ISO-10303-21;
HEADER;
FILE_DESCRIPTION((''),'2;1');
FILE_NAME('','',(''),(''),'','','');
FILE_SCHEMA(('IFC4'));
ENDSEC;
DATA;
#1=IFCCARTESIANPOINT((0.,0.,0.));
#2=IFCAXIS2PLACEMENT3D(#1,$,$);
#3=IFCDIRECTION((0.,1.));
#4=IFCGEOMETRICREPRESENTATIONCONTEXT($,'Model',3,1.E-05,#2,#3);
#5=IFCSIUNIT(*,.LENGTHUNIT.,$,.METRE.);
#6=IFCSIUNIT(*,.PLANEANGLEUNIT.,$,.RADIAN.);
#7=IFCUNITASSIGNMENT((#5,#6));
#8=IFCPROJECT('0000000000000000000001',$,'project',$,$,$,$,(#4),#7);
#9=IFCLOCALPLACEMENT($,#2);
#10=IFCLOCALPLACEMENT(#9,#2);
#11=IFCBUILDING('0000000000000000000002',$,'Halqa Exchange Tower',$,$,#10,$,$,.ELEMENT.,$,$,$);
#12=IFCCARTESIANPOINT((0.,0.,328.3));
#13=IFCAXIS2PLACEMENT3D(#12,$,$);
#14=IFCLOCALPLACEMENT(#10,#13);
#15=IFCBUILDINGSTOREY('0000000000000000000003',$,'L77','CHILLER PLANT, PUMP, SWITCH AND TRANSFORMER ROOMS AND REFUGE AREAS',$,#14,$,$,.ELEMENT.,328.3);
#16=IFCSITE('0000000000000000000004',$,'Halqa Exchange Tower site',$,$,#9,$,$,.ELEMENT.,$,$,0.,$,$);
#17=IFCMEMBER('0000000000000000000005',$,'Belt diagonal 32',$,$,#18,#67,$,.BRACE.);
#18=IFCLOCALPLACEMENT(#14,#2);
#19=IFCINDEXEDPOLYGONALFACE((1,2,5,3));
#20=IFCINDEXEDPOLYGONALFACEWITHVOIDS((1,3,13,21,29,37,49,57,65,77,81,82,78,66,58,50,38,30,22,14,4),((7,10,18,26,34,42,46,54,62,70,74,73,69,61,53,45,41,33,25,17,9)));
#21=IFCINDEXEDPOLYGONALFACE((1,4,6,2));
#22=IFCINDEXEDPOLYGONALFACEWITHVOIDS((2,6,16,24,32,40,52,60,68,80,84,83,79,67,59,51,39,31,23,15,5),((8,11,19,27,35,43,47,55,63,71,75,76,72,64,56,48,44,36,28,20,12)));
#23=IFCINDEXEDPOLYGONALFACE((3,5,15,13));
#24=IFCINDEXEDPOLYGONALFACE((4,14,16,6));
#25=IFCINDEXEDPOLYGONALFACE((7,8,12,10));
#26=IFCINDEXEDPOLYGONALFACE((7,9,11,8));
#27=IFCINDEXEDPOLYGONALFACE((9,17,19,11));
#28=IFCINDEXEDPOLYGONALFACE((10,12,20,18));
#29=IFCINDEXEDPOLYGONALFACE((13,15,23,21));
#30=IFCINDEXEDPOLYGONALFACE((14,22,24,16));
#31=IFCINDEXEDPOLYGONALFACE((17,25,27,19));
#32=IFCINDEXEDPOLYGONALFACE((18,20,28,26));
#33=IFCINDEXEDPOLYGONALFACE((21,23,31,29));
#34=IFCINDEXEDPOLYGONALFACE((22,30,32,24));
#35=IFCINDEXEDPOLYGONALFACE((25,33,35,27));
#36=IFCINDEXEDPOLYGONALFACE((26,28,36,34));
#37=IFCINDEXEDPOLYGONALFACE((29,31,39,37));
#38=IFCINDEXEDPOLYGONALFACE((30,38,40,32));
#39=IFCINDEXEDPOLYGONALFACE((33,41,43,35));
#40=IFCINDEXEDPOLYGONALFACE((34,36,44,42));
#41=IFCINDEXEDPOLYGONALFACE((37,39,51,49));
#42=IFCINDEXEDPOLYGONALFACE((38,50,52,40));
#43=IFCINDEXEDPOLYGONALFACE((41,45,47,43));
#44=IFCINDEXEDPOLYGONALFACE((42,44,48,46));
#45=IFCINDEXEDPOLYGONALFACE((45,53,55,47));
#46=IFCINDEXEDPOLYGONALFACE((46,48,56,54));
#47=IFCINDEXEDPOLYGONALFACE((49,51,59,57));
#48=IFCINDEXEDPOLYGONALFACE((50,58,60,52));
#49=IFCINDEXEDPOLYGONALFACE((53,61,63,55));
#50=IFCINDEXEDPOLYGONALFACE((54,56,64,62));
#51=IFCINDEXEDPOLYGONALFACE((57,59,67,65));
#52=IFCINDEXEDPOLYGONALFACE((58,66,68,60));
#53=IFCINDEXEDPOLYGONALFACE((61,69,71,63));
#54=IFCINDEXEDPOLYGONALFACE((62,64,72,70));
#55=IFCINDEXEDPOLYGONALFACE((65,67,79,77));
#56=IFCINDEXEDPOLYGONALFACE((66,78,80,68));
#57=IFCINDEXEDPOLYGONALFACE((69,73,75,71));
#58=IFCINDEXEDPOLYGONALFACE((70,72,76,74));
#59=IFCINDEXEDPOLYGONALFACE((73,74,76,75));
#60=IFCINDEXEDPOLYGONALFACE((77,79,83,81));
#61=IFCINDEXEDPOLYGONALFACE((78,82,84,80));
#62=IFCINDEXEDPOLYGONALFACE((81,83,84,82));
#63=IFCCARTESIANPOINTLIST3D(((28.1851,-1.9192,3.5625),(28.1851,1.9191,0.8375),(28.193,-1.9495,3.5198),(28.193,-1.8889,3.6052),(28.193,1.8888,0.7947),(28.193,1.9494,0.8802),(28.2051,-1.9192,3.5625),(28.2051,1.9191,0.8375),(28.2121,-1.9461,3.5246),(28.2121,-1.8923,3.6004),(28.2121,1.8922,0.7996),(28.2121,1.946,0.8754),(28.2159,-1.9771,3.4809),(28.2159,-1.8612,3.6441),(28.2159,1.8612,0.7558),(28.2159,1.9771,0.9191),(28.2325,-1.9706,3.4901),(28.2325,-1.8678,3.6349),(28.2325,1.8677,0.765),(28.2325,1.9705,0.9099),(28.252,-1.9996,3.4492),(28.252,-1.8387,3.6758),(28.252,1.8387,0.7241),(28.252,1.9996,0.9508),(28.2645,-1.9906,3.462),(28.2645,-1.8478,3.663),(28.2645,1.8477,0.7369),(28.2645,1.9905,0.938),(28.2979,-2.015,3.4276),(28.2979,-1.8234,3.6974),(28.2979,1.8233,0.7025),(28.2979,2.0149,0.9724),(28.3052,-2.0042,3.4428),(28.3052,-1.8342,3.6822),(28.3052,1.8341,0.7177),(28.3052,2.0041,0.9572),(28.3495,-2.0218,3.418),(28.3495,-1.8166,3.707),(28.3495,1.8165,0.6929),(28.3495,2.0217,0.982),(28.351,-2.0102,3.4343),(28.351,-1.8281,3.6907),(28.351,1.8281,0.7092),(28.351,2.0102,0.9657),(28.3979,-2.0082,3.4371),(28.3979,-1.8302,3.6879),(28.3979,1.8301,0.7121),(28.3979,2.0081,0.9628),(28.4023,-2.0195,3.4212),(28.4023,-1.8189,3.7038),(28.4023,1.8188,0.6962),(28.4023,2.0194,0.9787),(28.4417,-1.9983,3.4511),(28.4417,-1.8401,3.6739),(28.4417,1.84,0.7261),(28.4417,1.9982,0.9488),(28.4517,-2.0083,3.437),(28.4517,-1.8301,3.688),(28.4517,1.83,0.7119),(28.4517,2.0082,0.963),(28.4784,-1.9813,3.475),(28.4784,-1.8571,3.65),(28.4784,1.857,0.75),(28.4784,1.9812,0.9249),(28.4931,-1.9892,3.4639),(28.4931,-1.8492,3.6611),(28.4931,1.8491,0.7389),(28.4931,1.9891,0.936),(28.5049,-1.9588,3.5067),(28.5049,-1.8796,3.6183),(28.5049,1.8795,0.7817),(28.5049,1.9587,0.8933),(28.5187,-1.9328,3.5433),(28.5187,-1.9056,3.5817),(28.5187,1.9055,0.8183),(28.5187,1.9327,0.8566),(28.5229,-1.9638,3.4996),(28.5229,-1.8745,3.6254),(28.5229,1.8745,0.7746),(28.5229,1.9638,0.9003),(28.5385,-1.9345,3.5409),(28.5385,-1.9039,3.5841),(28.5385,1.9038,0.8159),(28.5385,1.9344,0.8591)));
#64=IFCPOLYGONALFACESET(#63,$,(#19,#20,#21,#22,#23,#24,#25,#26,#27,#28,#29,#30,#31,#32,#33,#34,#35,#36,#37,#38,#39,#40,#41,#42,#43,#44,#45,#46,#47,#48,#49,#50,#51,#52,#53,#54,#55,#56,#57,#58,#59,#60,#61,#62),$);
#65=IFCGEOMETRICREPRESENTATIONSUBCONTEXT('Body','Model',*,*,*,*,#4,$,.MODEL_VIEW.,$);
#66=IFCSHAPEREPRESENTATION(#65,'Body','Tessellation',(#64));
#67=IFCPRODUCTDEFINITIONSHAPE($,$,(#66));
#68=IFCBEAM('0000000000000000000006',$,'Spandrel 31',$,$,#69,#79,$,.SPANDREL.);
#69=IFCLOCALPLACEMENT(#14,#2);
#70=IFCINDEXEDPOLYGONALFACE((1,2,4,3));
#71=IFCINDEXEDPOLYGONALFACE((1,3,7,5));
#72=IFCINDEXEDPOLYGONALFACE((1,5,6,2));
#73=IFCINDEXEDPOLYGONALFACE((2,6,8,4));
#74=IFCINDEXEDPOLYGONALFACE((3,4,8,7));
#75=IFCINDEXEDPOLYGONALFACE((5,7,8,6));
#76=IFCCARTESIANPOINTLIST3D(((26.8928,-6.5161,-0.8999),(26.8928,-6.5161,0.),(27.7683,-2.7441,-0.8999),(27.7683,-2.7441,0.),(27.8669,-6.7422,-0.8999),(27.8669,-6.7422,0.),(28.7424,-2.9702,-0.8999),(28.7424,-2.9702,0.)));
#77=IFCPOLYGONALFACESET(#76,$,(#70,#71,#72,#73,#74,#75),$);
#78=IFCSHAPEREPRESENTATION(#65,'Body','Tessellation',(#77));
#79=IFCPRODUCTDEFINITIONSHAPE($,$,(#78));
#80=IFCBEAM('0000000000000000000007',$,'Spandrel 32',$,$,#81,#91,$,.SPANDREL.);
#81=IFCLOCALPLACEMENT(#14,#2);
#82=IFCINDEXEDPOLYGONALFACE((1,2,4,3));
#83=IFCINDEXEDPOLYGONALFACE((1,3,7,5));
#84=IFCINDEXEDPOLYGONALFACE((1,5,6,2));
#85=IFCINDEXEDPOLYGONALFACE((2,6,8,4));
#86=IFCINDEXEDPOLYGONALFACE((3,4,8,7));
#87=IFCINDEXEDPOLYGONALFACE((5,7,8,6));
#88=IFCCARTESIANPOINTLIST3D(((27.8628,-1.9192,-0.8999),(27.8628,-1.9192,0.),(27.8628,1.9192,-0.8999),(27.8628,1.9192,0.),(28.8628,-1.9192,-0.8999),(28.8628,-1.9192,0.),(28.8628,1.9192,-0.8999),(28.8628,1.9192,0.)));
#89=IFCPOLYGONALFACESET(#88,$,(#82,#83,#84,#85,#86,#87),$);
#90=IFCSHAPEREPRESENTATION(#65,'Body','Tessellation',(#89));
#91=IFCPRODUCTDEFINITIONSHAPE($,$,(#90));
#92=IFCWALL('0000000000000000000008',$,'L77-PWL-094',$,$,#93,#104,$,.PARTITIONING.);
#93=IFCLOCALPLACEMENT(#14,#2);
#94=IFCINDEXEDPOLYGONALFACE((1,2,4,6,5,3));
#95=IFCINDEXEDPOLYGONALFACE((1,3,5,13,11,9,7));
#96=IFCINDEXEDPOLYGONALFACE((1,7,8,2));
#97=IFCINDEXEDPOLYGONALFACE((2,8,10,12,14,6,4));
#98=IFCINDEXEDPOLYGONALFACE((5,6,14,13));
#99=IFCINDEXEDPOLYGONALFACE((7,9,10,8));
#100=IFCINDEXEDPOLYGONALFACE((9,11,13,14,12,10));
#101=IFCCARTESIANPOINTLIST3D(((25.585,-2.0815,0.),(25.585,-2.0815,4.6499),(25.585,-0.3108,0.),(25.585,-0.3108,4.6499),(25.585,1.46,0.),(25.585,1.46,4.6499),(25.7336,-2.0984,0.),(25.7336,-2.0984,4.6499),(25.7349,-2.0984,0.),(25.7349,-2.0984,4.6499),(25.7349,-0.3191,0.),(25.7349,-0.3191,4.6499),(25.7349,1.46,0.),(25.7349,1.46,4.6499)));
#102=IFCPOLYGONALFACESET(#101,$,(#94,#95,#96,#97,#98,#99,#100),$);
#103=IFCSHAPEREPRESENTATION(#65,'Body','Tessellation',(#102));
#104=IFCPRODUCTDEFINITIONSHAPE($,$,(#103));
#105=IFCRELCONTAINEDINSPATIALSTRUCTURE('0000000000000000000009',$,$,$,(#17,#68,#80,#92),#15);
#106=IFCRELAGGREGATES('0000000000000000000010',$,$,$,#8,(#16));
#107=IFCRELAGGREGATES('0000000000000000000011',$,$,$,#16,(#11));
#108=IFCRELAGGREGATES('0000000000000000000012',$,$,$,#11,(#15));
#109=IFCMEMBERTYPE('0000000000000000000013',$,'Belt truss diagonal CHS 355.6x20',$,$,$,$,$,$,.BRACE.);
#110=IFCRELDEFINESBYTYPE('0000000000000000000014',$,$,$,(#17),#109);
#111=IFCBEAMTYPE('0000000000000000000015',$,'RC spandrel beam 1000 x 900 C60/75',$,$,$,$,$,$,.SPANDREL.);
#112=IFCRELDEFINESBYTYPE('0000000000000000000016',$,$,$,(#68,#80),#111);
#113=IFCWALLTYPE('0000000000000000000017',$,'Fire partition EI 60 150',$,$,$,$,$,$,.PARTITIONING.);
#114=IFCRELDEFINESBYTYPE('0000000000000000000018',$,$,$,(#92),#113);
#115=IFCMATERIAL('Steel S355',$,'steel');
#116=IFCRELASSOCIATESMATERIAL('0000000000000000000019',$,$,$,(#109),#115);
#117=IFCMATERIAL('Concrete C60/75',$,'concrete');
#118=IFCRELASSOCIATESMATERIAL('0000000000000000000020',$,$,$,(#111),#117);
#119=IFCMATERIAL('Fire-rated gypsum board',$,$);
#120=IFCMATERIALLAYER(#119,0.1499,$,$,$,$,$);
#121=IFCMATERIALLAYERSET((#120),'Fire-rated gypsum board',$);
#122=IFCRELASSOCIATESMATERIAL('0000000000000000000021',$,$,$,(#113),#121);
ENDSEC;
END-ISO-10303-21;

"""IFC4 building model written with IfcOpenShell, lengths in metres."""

from ifc_helpers import new_model, si_unit, direction, frame, origin, origin_2d, place, context, subcontext, project, spatial, polyline, rectangle, hollow_circle, outline, extrude, material, layer, layer_set, material_profile, profile_set, type_object, element, save


model = new_model("IFC4")

# Units and contexts
model_context = context("Model", 3, precision=1e-05, world=origin(), true_north=direction((0.0, 1.0)))
body_context = subcontext(model_context, "Body", "Model", "MODEL_VIEW")
ifc_project = project(units=[si_unit("LENGTHUNIT", "METRE"), si_unit("PLANEANGLEUNIT", "RADIAN")], contexts=[model_context])

# Site, building, storey
site_placement = place(None, origin())
site = spatial("IfcSite", under=ifc_project, at=site_placement, Name="Halqa Exchange Tower site", CompositionType="ELEMENT", RefElevation=0.0)
building_placement = place(site_placement, origin())
building = spatial("IfcBuilding", under=site, at=building_placement, Name="Halqa Exchange Tower", CompositionType="ELEMENT")
storey_placement = place(building_placement, frame((0.0, 0.0, 328.3)))
storey = spatial("IfcBuildingStorey", under=building, at=storey_placement, Name="L77", Description="CHILLER PLANT, PUMP, SWITCH AND TRANSFORMER ROOMS AND REFUGE AREAS", CompositionType="ELEMENT", Elevation=328.3)

# Member
ifc_material_1 = material(Name="Steel S355", Category="steel")
ifc_material_profile_1 = material_profile(ifc_material_1, hollow_circle(Radius=0.1777, WallThickness=0.02, at=origin_2d()), Name="CHS 355.6x20")
ifc_profile_set_1 = profile_set([ifc_material_profile_1], Name="Steel S355")
member_type_1 = type_object("IfcMemberType", Name="Belt truss diagonal CHS 355.6x20", PredefinedType="BRACE", material=ifc_profile_set_1)
member_1_placement = place(storey_placement, frame((28.3628, -1.9192, 3.5625), z_axis=(0.0, 0.815398, -0.578901), x_axis=(-1.0, 0.0, 0.0)))
element("IfcMember", 1, at=member_1_placement, inside=storey, type_object=member_type_1, Name="Belt diagonal 32", PredefinedType="BRACE", context=body_context, shape_type="SweptSolid", body=[
    extrude(hollow_circle(Radius=0.1777, WallThickness=0.02, at=origin_2d()), origin(), (0.0, 0.0, 1.0), 4.7073),
])

# Beams
ifc_material_2 = material(Name="Concrete C60/75", Category="concrete")
ifc_material_profile_2 = material_profile(ifc_material_2, rectangle(XDim=1.0, YDim=0.8999, at=origin_2d()), Name="1000 x 900")
ifc_profile_set_2 = profile_set([ifc_material_profile_2], Name="Concrete C60/75")
beam_type = type_object("IfcBeamType", Name="RC spandrel beam 1000 x 900 C60/75", PredefinedType="SPANDREL", material=ifc_profile_set_2)
beam_1_placement = place(storey_placement, frame((27.3799, -6.6292, -0.45), z_axis=(0.226093, 0.974106, 0.0), x_axis=(-0.974106, 0.226093, 0.0)))
element("IfcBeam", 2, at=beam_1_placement, inside=storey, type_object=beam_type, Name="Spandrel 31", PredefinedType="SPANDREL", context=body_context, shape_type="SweptSolid", body=[
    extrude(rectangle(XDim=1.0, YDim=0.8999, at=origin_2d()), origin(), (0.0, 0.0, 1.0), 3.8723),
])
beam_2_placement = place(storey_placement, frame((28.3628, -1.9192, -0.45), z_axis=(0.0, 1.0, 0.0), x_axis=(-1.0, 0.0, 0.0)))
element("IfcBeam", 3, at=beam_2_placement, inside=storey, type_object=beam_type, Name="Spandrel 32", PredefinedType="SPANDREL", context=body_context, shape_type="SweptSolid", body=[
    extrude(rectangle(XDim=1.0, YDim=0.8999, at=origin_2d()), origin(), (0.0, 0.0, 1.0), 3.8384),
])

# Wall
ifc_material_3 = material(Name="Fire-rated gypsum board")
ifc_layer_1 = layer(ifc_material_3, 0.1499)
ifc_layer_set_1 = layer_set([ifc_layer_1], Name="Fire-rated gypsum board")
wall_type = type_object("IfcWallType", Name="Fire partition EI 60 150", PredefinedType="PARTITIONING", material=ifc_layer_set_1)
wall_placement = place(storey_placement, frame((25.6599, -2.0984, 0.0), z_axis=(0.0, 0.0, 1.0), x_axis=(0.0, 1.0, 0.0)))
element("IfcWall", 4, at=wall_placement, inside=storey, type_object=wall_type, Name="L77-PWL-094", PredefinedType="PARTITIONING", context=body_context, shape_type="SweptSolid", body=[
    extrude(outline(polyline([(3.5583, 0.075), (1.7876, 0.075), (0.0168, 0.075), (0.0, -0.0737), (0.0, -0.075), (1.7793, -0.075), (3.5583, -0.075), (3.5583, 0.075)])), origin(), (0.0, 0.0, 1.0), 4.6499),
])

save(model, "model.ifc")
